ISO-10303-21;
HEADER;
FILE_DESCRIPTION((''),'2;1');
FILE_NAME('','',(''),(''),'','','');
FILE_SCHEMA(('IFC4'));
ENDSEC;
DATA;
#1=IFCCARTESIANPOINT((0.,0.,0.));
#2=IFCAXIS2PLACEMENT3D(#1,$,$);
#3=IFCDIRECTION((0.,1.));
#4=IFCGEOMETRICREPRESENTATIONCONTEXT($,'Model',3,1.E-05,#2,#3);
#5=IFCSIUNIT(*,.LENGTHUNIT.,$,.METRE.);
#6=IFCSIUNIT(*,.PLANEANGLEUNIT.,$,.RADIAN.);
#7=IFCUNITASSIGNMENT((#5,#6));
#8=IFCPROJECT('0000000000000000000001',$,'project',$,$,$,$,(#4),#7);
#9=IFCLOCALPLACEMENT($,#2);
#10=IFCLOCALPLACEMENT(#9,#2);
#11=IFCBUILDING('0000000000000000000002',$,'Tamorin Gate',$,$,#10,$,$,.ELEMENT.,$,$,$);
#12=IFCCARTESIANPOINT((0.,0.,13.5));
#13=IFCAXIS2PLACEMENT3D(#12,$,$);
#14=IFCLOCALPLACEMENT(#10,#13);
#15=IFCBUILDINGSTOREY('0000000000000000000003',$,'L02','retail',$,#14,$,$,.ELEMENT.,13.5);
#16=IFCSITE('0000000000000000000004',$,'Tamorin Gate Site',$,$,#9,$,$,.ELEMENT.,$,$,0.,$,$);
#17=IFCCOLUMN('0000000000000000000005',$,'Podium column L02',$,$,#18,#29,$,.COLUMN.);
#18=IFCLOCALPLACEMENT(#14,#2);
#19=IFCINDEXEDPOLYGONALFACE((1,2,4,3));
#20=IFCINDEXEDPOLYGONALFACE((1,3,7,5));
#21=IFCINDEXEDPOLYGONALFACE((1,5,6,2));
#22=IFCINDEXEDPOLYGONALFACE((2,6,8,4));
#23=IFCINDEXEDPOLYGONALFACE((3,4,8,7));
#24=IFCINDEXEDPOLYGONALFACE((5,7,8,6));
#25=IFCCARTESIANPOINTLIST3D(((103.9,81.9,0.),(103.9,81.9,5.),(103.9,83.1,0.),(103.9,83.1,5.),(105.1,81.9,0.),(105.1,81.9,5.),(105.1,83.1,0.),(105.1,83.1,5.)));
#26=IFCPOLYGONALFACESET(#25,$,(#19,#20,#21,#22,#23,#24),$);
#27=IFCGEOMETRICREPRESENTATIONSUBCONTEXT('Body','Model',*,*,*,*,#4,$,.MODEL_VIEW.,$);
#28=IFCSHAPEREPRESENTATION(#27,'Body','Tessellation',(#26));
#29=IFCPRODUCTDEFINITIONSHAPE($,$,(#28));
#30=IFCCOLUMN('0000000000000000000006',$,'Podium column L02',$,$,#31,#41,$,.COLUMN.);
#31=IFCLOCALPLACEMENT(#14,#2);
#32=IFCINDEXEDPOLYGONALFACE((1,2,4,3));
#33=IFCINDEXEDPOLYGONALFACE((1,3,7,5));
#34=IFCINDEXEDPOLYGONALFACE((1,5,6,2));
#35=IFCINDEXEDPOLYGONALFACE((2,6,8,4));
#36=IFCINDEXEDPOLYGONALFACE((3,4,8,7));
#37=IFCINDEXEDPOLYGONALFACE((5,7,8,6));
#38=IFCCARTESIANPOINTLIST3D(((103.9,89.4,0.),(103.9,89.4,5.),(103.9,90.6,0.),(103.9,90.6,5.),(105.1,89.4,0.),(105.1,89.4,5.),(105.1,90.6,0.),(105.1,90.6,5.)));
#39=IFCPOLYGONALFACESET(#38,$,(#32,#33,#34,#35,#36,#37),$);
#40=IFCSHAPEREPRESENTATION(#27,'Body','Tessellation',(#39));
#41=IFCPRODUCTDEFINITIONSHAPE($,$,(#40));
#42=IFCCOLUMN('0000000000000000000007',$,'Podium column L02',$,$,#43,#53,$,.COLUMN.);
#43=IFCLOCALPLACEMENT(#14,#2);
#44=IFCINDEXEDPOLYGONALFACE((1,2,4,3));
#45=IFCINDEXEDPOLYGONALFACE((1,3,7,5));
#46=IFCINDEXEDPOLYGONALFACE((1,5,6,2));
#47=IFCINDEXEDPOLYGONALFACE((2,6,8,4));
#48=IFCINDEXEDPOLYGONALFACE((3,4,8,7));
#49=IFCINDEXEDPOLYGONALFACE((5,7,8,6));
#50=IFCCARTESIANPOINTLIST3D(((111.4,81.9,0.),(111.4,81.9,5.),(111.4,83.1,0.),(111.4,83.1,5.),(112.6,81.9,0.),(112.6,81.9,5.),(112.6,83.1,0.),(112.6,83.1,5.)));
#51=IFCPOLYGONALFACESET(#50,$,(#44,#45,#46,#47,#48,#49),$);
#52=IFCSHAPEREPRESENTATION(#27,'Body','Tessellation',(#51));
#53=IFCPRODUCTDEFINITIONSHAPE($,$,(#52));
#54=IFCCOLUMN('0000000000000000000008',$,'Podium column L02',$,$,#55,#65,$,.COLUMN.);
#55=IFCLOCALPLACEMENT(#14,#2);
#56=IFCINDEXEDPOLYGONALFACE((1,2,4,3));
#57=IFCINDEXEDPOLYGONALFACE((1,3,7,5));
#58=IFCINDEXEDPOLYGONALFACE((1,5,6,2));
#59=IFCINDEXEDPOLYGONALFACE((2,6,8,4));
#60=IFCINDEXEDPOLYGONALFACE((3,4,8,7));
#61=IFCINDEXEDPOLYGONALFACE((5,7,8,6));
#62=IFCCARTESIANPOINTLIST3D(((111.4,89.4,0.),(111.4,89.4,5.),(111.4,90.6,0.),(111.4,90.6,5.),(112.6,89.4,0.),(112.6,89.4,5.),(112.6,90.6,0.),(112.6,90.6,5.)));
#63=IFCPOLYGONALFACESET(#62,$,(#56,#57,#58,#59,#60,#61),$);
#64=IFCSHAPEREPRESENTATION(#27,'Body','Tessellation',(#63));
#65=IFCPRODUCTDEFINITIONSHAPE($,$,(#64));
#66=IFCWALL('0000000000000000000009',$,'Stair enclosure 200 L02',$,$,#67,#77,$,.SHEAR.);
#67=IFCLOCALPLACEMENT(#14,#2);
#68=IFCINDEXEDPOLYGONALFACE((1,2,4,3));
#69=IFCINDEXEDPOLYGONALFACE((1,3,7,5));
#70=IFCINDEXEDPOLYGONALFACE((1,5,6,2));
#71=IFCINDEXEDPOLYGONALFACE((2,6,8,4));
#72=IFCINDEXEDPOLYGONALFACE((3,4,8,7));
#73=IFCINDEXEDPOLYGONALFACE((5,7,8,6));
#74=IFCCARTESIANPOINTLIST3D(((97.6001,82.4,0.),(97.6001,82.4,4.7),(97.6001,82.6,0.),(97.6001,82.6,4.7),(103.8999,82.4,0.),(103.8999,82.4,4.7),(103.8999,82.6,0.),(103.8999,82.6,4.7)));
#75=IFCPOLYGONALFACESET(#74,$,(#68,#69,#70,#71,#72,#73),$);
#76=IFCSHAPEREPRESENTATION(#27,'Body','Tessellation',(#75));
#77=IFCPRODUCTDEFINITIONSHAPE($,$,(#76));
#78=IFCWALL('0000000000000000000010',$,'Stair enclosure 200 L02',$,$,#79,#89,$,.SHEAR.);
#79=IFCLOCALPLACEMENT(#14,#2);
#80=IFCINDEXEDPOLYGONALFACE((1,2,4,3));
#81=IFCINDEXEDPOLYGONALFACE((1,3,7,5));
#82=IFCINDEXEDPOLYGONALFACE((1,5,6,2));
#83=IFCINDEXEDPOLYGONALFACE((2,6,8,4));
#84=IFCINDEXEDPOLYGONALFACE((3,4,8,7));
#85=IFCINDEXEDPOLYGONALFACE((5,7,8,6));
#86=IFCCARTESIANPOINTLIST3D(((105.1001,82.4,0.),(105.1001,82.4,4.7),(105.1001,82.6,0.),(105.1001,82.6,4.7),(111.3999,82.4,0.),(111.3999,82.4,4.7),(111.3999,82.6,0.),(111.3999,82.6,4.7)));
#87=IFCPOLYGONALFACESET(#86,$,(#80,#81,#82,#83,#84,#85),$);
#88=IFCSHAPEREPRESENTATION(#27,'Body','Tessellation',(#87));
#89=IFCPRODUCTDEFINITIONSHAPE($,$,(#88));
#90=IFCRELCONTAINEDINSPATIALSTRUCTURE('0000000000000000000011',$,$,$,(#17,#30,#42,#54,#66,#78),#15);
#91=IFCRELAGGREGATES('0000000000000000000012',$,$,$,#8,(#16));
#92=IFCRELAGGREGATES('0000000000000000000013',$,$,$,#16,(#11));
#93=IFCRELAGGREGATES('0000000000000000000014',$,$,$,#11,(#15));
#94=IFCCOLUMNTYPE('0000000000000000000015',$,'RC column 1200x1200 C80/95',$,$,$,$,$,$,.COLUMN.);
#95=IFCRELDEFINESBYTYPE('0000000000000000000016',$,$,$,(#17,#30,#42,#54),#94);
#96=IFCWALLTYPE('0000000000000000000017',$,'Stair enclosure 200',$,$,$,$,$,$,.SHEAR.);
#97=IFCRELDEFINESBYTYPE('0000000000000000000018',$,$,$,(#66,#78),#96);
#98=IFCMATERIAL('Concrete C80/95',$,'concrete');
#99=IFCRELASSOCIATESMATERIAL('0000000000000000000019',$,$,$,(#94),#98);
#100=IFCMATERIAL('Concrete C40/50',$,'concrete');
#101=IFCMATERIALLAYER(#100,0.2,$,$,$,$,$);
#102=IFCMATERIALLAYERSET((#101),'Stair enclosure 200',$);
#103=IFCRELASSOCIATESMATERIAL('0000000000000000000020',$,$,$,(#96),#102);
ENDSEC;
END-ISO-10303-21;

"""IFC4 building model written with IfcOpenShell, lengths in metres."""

from ifc_helpers import new_model, si_unit, direction, frame, frame_2d, origin, origin_2d, place, context, subcontext, project, spatial, rectangle, extrude, material, layer, layer_set, material_profile, profile_set, type_object, element, save


model = new_model("IFC4")

# Units and contexts
model_context = context("Model", 3, precision=1e-05, world=origin(), true_north=direction((0.0, 1.0)))
body_context = subcontext(model_context, "Body", "Model", "MODEL_VIEW")
ifc_project = project(units=[si_unit("LENGTHUNIT", "METRE"), si_unit("PLANEANGLEUNIT", "RADIAN")], contexts=[model_context])

# Site, building, storey
site_placement = place(None, origin())
site = spatial("IfcSite", under=ifc_project, at=site_placement, Name="Tamorin Gate Site", CompositionType="ELEMENT", RefElevation=0.0)
building_placement = place(site_placement, origin())
building = spatial("IfcBuilding", under=site, at=building_placement, Name="Tamorin Gate", CompositionType="ELEMENT")
storey_placement = place(building_placement, frame((0.0, 0.0, 13.5)))
storey = spatial("IfcBuildingStorey", under=building, at=storey_placement, Name="L02", Description="retail", CompositionType="ELEMENT", Elevation=13.5)

# Columns
ifc_material_1 = material(Name="Concrete C80/95", Category="concrete")
ifc_material_profile = material_profile(ifc_material_1, rectangle(XDim=1.2, YDim=1.2, at=origin_2d()), Name="RC 1200x1200")
ifc_profile_set = profile_set([ifc_material_profile], Name="Concrete C80/95")
column_type = type_object("IfcColumnType", Name="RC column 1200x1200 C80/95", PredefinedType="COLUMN", material=ifc_profile_set)
for number, where, z_axis, x_axis, name in (
    (1, (104.5, 82.5, 0.0), (0.0, 0.0, 1.0), (1.0, 0.0, 0.0), "Podium column L02"),
    (2, (104.5, 90.0, 0.0), (0.0, 0.0, 1.0), (1.0, 0.0, 0.0), "Podium column L02"),
    (3, (112.0, 82.5, 0.0), (0.0, 0.0, 1.0), (1.0, 0.0, 0.0), "Podium column L02"),
    (4, (112.0, 90.0, 0.0), (0.0, 0.0, 1.0), (1.0, 0.0, 0.0), "Podium column L02"),
):
    element("IfcColumn", number, at=place(storey_placement, frame(where, z_axis=z_axis, x_axis=x_axis)), inside=storey, type_object=column_type, Name=name, PredefinedType="COLUMN", context=body_context, shape_type="SweptSolid", body=[
        extrude(rectangle(XDim=1.2, YDim=1.2, at=origin_2d()), origin(), (0.0, 0.0, 1.0), 5.0),
    ])

# Walls
ifc_material_2 = material(Name="Concrete C40/50", Category="concrete")
ifc_layer = layer(ifc_material_2, 0.2)
ifc_layer_set = layer_set([ifc_layer], Name="Stair enclosure 200")
wall_type = type_object("IfcWallType", Name="Stair enclosure 200", PredefinedType="SHEAR", material=ifc_layer_set)
for number, where, z_axis, x_axis, name in (
    (5, (97.6001, 82.5, 0.0), (0.0, 0.0, 1.0), (1.0, 0.0, 0.0), "Stair enclosure 200 L02"),
    (6, (105.1001, 82.5, 0.0), (0.0, 0.0, 1.0), (1.0, 0.0, 0.0), "Stair enclosure 200 L02"),
):
    element("IfcWall", number, at=place(storey_placement, frame(where, z_axis=z_axis, x_axis=x_axis)), inside=storey, type_object=wall_type, Name=name, PredefinedType="SHEAR", context=body_context, shape_type="SweptSolid", body=[
        extrude(rectangle(XDim=6.2998, YDim=0.2, at=frame_2d((3.1499, 0.0))), origin(), (0.0, 0.0, 1.0), 4.7),
    ])

save(model, "model.ifc")
